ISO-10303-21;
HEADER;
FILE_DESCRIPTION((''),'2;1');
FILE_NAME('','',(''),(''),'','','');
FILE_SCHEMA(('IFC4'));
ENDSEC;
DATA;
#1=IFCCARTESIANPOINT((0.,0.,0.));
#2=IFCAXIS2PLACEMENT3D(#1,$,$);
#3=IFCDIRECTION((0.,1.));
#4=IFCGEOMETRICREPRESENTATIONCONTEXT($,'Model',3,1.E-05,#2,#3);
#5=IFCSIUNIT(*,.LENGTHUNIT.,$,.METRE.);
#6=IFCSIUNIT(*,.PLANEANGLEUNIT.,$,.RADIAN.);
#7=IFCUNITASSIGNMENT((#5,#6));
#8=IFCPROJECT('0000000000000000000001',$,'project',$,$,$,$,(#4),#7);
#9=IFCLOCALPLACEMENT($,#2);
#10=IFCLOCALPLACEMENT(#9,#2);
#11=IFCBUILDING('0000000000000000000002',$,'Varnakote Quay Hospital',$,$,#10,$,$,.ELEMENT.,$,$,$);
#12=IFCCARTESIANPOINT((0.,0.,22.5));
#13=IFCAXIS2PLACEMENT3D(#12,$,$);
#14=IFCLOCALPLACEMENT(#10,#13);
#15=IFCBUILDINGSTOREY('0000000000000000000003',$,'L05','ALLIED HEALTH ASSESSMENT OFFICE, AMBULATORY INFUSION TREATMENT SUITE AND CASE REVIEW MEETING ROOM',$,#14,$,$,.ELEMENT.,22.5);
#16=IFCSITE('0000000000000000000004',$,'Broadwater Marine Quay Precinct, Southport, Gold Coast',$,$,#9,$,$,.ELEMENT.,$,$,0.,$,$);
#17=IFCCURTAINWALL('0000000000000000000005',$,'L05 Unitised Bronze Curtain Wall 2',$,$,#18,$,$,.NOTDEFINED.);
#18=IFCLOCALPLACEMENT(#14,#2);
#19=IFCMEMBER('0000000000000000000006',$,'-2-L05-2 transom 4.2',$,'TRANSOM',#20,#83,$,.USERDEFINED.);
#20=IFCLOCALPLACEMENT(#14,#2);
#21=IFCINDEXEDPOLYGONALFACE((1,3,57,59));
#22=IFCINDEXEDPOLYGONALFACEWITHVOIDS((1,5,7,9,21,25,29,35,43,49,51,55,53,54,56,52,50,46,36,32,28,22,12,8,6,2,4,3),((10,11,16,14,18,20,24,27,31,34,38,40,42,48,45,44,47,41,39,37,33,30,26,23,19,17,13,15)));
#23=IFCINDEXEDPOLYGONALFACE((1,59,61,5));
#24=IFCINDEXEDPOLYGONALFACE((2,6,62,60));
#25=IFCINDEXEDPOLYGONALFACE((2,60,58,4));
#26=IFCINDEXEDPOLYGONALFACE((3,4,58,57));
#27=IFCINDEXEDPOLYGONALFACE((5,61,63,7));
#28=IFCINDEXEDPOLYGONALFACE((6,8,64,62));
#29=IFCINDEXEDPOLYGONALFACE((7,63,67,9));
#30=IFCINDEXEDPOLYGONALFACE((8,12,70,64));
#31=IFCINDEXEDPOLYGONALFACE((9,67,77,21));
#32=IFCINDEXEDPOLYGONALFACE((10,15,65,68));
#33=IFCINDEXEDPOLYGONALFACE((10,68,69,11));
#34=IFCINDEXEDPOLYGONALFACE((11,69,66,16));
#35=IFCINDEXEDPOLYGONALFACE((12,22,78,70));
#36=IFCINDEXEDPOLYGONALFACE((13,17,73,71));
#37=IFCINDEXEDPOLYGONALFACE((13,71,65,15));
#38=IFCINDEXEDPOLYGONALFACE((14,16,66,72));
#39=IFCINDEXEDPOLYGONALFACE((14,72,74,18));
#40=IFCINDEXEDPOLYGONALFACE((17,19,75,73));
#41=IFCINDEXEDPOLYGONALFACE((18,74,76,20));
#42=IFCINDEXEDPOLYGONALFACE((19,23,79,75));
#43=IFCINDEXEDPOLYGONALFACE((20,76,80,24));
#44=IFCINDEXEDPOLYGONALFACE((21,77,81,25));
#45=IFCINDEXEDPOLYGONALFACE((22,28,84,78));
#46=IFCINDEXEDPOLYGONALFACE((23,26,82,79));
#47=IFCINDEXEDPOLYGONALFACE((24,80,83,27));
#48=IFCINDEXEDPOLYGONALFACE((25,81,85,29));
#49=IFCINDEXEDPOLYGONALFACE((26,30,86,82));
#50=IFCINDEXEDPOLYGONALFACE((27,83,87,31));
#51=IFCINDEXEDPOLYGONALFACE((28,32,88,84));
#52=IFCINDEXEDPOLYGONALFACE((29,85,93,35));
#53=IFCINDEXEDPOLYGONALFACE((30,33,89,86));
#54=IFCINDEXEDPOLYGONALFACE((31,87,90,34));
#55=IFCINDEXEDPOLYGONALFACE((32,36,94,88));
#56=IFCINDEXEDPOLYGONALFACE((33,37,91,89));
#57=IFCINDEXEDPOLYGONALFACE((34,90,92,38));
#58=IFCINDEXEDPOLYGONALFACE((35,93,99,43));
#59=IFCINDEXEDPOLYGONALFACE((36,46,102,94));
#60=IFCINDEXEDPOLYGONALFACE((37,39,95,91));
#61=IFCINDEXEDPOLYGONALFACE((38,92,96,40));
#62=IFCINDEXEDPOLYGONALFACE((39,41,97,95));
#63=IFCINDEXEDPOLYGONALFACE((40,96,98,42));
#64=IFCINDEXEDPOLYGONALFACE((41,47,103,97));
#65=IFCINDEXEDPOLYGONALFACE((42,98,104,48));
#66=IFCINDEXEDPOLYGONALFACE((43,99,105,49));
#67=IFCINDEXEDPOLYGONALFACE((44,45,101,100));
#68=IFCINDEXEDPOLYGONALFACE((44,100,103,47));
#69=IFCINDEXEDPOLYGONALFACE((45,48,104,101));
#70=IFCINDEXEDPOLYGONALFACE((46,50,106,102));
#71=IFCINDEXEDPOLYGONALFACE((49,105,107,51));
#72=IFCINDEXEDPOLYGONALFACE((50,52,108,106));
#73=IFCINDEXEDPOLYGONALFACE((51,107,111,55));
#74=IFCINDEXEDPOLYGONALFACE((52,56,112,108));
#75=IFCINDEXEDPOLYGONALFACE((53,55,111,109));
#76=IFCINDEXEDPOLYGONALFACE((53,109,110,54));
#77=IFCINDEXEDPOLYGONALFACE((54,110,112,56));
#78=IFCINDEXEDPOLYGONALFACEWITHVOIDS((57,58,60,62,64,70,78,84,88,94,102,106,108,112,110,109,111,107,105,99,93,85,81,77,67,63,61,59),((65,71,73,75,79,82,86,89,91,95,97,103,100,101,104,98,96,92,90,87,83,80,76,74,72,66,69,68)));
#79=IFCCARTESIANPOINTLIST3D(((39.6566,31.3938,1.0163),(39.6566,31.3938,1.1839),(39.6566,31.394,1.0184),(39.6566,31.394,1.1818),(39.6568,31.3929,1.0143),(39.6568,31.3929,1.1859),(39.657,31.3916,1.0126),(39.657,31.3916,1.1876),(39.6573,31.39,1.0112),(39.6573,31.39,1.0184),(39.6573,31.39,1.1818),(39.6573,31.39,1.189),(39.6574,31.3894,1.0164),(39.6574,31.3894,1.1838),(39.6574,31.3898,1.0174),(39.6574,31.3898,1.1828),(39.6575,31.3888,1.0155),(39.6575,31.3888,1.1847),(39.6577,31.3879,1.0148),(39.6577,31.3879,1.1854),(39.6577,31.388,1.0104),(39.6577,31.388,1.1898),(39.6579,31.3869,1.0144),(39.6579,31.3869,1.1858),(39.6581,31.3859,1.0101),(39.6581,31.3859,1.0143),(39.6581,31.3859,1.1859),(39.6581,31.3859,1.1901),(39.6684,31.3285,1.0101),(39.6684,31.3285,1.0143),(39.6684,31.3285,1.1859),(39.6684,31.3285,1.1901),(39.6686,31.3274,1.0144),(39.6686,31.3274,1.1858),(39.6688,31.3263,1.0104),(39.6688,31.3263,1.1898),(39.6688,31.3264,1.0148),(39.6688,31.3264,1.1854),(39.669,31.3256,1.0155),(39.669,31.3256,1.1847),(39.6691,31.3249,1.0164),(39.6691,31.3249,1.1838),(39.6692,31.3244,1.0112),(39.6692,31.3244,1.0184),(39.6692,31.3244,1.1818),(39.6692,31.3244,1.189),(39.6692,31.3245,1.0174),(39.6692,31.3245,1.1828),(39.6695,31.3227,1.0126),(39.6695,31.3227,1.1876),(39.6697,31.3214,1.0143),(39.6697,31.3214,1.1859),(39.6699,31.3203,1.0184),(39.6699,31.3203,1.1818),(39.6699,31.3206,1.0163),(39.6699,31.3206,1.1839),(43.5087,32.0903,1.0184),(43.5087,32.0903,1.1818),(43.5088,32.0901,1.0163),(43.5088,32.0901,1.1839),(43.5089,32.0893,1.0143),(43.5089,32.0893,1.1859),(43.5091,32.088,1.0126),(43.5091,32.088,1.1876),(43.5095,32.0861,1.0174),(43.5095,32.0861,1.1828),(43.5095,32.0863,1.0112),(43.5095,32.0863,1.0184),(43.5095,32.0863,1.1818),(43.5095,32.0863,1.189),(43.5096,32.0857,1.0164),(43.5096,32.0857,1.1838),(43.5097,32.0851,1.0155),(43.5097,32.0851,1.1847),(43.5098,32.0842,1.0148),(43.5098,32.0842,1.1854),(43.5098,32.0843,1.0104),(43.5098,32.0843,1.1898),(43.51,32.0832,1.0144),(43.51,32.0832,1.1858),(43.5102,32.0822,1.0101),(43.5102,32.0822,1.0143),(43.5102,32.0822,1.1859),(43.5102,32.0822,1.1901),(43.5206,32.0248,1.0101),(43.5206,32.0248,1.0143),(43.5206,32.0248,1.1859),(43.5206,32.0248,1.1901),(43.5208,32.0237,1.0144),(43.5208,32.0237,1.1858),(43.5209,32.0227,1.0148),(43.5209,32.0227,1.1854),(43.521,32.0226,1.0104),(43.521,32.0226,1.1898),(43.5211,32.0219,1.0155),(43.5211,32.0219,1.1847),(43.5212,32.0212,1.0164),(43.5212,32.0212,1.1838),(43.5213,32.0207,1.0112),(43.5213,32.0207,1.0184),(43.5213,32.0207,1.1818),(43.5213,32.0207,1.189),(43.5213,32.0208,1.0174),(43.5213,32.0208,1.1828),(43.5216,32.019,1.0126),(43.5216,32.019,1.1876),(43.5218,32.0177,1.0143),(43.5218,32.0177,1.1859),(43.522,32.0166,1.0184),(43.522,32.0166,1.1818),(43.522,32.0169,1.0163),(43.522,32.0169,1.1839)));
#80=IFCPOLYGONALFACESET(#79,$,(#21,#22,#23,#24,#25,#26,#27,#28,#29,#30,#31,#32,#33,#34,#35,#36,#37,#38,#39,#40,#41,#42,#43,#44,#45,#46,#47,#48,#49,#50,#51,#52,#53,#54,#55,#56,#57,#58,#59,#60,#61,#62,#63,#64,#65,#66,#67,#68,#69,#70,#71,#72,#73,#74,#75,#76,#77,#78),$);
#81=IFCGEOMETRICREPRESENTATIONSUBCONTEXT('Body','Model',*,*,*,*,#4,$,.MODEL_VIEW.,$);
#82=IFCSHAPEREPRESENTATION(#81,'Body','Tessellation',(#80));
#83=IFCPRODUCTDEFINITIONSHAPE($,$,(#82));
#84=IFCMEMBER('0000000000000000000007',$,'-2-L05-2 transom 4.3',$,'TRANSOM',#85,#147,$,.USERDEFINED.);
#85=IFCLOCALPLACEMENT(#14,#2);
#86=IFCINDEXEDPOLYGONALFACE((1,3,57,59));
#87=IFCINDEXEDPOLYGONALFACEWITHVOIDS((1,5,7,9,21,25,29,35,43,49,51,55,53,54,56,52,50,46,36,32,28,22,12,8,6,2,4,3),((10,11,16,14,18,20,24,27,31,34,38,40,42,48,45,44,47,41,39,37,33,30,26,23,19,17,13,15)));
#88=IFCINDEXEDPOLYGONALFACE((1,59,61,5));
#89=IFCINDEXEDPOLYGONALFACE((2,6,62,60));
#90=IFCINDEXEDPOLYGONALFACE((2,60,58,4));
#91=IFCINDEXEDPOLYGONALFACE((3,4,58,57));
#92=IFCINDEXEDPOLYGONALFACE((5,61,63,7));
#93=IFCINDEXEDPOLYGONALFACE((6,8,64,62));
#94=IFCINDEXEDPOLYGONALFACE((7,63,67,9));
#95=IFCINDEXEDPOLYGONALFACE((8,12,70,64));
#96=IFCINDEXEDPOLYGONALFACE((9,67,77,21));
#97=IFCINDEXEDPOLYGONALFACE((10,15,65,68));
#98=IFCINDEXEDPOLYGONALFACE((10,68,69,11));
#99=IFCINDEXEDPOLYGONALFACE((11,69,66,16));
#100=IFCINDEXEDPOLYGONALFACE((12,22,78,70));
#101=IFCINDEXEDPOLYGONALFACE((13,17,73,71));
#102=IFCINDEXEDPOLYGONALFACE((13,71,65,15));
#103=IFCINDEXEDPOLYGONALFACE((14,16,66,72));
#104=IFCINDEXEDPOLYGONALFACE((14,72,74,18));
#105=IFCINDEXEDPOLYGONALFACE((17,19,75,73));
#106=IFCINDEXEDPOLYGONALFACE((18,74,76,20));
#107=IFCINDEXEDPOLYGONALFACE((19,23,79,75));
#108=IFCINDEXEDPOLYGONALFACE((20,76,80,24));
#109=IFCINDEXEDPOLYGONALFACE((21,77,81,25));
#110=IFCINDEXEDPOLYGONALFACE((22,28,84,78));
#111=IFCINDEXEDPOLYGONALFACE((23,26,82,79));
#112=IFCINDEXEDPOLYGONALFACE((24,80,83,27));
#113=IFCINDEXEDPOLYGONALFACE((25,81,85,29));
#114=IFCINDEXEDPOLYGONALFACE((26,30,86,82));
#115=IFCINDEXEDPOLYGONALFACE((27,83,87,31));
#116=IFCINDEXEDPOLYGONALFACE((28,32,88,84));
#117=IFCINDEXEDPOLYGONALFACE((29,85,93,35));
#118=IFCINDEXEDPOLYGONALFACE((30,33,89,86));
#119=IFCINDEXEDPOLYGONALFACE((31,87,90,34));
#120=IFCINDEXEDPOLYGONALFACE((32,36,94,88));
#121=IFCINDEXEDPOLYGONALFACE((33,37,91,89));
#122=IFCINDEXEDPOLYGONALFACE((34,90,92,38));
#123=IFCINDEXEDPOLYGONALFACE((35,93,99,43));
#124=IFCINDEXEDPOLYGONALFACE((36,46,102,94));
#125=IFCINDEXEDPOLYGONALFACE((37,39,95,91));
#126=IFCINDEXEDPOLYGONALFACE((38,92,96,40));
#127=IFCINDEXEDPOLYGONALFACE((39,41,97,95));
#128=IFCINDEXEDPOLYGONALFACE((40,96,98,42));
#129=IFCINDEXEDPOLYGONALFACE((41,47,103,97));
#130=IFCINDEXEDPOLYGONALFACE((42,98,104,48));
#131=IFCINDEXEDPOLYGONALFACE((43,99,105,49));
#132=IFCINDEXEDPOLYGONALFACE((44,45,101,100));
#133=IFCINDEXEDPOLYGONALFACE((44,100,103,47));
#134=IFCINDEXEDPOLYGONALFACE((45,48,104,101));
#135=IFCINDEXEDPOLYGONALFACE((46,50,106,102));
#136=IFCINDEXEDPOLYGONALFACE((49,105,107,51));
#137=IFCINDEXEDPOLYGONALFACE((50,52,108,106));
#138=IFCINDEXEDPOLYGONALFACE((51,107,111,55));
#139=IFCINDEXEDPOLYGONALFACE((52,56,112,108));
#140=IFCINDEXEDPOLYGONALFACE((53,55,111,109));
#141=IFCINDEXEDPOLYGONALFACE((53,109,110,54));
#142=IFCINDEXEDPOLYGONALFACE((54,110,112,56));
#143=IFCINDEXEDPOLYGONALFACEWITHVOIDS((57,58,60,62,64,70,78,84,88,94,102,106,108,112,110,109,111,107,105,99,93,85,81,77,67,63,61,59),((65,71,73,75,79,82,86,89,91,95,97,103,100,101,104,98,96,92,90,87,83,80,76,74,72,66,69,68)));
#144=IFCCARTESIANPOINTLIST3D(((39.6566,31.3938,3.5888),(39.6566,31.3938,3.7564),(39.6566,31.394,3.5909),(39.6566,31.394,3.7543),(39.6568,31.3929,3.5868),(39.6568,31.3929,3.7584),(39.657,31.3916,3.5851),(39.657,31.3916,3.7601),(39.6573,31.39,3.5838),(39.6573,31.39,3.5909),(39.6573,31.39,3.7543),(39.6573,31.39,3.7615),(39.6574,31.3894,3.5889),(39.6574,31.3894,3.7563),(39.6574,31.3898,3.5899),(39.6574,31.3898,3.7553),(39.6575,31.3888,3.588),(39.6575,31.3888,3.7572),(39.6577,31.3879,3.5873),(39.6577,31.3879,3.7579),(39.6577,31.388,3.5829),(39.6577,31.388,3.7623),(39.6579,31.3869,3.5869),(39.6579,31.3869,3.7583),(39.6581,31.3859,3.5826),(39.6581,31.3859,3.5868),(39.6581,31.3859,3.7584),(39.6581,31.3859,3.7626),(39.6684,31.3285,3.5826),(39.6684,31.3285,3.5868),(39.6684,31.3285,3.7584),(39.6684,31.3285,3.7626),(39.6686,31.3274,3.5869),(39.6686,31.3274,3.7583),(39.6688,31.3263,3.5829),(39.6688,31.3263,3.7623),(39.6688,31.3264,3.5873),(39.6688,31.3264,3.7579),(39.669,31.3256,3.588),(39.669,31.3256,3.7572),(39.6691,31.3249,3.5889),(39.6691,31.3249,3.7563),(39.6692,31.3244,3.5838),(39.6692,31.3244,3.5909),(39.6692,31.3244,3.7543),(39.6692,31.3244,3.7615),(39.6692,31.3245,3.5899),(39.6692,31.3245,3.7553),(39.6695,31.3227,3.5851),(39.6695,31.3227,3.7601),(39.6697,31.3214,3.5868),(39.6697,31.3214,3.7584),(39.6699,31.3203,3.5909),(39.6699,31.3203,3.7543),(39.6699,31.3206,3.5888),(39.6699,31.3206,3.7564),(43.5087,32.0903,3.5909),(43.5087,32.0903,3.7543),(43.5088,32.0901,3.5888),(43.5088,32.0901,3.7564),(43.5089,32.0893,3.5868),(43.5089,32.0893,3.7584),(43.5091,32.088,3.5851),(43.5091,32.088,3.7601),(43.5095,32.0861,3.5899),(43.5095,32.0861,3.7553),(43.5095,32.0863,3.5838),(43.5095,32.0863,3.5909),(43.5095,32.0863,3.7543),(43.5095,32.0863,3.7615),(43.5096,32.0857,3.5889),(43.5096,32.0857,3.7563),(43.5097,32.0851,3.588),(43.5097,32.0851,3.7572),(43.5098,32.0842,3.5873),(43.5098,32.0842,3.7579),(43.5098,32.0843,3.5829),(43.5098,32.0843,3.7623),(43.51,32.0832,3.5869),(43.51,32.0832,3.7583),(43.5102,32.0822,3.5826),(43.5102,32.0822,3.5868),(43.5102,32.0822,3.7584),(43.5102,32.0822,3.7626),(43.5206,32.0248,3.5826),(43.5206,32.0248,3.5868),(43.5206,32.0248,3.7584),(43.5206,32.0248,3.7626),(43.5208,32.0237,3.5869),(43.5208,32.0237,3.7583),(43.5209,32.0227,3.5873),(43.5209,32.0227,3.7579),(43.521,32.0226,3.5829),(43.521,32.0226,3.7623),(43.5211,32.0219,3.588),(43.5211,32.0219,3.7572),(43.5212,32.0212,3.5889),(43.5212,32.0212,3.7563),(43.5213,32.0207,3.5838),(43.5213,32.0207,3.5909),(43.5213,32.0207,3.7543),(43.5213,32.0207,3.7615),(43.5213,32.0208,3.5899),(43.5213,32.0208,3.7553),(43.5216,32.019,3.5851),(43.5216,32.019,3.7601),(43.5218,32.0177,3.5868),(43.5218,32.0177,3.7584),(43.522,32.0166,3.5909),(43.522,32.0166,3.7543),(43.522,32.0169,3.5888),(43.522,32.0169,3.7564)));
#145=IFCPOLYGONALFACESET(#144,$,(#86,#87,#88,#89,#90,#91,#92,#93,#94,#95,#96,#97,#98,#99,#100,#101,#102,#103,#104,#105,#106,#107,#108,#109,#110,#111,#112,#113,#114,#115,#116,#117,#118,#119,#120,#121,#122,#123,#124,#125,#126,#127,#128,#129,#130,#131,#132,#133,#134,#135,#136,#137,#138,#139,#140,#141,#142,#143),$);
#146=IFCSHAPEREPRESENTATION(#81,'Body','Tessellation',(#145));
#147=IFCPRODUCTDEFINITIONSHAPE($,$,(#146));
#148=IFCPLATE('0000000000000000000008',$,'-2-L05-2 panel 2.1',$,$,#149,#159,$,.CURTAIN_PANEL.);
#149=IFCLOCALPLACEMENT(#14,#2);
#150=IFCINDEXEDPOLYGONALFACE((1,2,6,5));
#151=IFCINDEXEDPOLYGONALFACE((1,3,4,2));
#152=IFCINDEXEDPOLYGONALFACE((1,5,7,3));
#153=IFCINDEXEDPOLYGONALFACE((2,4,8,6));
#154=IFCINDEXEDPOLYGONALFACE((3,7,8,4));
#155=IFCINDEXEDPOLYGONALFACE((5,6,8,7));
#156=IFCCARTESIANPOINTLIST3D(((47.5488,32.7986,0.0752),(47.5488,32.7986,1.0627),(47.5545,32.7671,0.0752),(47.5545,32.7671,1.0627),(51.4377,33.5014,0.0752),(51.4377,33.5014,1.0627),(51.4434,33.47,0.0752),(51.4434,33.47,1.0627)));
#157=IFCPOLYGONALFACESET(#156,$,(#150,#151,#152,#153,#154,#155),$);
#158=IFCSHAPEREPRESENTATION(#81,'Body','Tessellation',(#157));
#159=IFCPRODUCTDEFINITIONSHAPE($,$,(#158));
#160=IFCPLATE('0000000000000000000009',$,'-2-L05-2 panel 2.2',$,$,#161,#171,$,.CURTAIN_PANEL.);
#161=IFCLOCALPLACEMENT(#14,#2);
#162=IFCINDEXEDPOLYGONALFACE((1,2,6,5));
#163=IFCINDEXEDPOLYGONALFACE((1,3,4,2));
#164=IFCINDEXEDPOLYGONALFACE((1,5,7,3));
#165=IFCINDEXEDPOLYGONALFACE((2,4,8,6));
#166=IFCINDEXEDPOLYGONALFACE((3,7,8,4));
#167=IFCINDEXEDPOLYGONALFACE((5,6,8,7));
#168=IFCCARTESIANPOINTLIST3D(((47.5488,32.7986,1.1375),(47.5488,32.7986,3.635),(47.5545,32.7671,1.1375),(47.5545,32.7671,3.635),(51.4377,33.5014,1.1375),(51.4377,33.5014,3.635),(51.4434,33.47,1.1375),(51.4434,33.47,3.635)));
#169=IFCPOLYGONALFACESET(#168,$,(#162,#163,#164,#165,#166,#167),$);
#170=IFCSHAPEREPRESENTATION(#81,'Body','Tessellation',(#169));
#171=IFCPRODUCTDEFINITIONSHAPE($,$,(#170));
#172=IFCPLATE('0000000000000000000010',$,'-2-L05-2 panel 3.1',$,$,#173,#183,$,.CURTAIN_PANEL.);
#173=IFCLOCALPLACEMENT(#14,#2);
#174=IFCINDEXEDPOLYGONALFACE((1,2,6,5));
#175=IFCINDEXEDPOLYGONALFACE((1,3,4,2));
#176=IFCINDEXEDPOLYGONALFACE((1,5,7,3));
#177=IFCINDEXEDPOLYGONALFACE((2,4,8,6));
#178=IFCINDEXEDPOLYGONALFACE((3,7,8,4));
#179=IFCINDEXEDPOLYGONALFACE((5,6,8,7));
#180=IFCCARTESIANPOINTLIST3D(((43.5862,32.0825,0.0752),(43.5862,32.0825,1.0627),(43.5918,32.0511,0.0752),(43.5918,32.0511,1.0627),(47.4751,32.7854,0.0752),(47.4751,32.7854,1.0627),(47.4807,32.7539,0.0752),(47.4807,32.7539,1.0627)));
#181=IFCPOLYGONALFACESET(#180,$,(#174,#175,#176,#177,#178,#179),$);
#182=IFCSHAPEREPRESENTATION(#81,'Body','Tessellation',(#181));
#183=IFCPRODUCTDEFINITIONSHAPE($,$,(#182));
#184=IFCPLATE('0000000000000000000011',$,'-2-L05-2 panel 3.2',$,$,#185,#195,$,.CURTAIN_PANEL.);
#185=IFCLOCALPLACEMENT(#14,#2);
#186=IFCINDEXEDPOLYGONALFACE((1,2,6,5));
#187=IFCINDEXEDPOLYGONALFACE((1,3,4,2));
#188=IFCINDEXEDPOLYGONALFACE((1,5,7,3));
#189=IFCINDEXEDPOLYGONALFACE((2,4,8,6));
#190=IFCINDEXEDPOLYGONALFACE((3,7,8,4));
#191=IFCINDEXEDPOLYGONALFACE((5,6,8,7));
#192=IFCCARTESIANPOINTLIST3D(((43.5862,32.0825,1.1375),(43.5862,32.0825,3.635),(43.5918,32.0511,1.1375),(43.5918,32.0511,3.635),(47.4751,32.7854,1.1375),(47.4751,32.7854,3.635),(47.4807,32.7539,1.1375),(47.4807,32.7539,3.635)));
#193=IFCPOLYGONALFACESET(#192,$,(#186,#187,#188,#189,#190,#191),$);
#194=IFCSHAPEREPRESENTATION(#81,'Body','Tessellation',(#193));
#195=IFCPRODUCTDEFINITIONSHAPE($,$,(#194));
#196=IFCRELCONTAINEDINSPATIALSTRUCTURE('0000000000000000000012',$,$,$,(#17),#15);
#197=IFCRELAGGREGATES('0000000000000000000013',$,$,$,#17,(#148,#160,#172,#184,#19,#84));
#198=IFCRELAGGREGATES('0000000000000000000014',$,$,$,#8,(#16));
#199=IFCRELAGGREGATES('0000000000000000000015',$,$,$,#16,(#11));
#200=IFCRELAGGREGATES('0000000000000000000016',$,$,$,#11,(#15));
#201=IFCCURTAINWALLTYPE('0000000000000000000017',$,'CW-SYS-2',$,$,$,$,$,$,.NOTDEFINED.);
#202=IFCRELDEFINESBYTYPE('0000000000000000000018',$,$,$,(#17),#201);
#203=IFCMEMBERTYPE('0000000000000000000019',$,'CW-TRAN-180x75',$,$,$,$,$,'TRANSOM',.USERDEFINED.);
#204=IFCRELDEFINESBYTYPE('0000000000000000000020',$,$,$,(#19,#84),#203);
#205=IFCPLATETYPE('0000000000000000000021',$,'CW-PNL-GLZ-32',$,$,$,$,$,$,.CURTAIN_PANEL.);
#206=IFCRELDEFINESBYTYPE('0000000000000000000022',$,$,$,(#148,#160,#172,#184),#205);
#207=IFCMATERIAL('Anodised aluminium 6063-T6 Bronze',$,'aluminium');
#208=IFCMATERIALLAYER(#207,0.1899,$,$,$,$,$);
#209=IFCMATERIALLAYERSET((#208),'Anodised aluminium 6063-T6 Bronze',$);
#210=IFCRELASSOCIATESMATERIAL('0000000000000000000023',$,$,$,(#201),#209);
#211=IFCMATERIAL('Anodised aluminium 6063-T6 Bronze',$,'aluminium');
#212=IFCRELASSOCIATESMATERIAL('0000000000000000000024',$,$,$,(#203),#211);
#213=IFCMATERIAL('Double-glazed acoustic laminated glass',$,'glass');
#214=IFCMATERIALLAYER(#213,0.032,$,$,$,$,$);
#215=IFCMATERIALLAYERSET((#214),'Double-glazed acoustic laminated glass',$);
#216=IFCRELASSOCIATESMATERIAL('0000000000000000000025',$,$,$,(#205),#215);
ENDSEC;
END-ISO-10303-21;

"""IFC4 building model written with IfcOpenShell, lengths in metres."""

from ifc_helpers import new_model, si_unit, direction, frame, origin, origin_2d, place, context, subcontext, project, spatial, rectangle, hollow_rectangle, extrude, material, layer, layer_set, material_profile, profile_set, type_object, element, aggregate, save


model = new_model("IFC4")

# Units and contexts
model_context = context("Model", 3, precision=1e-05, world=origin(), true_north=direction((0.0, 1.0)))
body_context = subcontext(model_context, "Body", "Model", "MODEL_VIEW")
ifc_project = project(units=[si_unit("LENGTHUNIT", "METRE"), si_unit("PLANEANGLEUNIT", "RADIAN")], contexts=[model_context])

# Site, building, storey
site_placement = place(None, origin())
site = spatial("IfcSite", under=ifc_project, at=site_placement, Name="Broadwater Marine Quay Precinct, Southport, Gold Coast", CompositionType="ELEMENT", RefElevation=0.0)
building_placement = place(site_placement, origin())
building = spatial("IfcBuilding", under=site, at=building_placement, Name="Varnakote Quay Hospital", CompositionType="ELEMENT")
storey_placement = place(building_placement, frame((0.0, 0.0, 22.5)))
storey = spatial("IfcBuildingStorey", under=building, at=storey_placement, Name="L05", Description="ALLIED HEALTH ASSESSMENT OFFICE, AMBULATORY INFUSION TREATMENT SUITE AND CASE REVIEW MEETING ROOM", CompositionType="ELEMENT", Elevation=22.5)

# Curtain wall, members, plates
ifc_material_1 = material(Name="Anodised aluminium 6063-T6 Bronze", Category="aluminium")
ifc_layer_1 = layer(ifc_material_1, 0.1899)
ifc_layer_set_1 = layer_set([ifc_layer_1], Name="Anodised aluminium 6063-T6 Bronze")
curtain_wall_type = type_object("IfcCurtainWallType", Name="CW-SYS-2", PredefinedType="NOTDEFINED", material=ifc_layer_set_1)
curtain_wall_placement = place(storey_placement, origin())
curtain_wall = element("IfcCurtainWall", 1, at=curtain_wall_placement, inside=storey, type_object=curtain_wall_type, Name="L05 Unitised Bronze Curtain Wall 2", PredefinedType="NOTDEFINED")
ifc_material_2 = material(Name="Anodised aluminium 6063-T6 Bronze", Category="aluminium")
ifc_material_profile_1 = material_profile(ifc_material_2, hollow_rectangle(XDim=0.075, YDim=0.1799, WallThickness=0.0042, InnerFilletRadius=0.0042, OuterFilletRadius=0.0083, at=origin_2d()), Name="CW-TRAN-180x75")
ifc_profile_set_1 = profile_set([ifc_material_profile_1], Name="Anodised aluminium 6063-T6 Bronze")
member_type_1 = type_object("IfcMemberType", Name="CW-TRAN-180x75", ElementType="TRANSOM", PredefinedType="USERDEFINED", material=ifc_profile_set_1)
member_1_placement = place(storey_placement, frame((43.5154, 32.0535, 1.1001), z_axis=(-0.984053, -0.177875, 0.0), x_axis=(0.177875, -0.984053, 0.0)))
member_1 = element("IfcMember", 2, at=member_1_placement, type_object=member_type_1, Name="-2-L05-2 transom 4.2", ObjectType="TRANSOM", PredefinedType="USERDEFINED", context=body_context, shape_type="SweptSolid", body=[
    extrude(hollow_rectangle(XDim=0.075, YDim=0.1799, WallThickness=0.0042, InnerFilletRadius=0.0042, OuterFilletRadius=0.0083, at=origin_2d()), origin(), (0.0, 0.0, 1.0), 3.9146),
])
member_2_placement = place(storey_placement, frame((43.5154, 32.0535, 3.6726), z_axis=(-0.984053, -0.177875, 0.0), x_axis=(0.177875, -0.984053, 0.0)))
member_2 = element("IfcMember", 3, at=member_2_placement, type_object=member_type_1, Name="-2-L05-2 transom 4.3", ObjectType="TRANSOM", PredefinedType="USERDEFINED", context=body_context, shape_type="SweptSolid", body=[
    extrude(hollow_rectangle(XDim=0.075, YDim=0.1799, WallThickness=0.0042, InnerFilletRadius=0.0042, OuterFilletRadius=0.0083, at=origin_2d()), origin(), (0.0, 0.0, 1.0), 3.9146),
])
ifc_material_3 = material(Name="Double-glazed acoustic laminated glass", Category="glass")
ifc_layer_2 = layer(ifc_material_3, 0.032)
ifc_layer_set_2 = layer_set([ifc_layer_2], Name="Double-glazed acoustic laminated glass")
plate_type = type_object("IfcPlateType", Name="CW-PNL-GLZ-32", PredefinedType="CURTAIN_PANEL", material=ifc_layer_set_2)
plate_1_placement = place(storey_placement, frame((49.4961, 33.1343, 0.0752), z_axis=(0.0, 0.0, 1.0), x_axis=(-0.984058, -0.177846, 0.0)))
plate_1 = element("IfcPlate", 4, at=plate_1_placement, type_object=plate_type, Name="-2-L05-2 panel 2.1", PredefinedType="CURTAIN_PANEL", context=body_context, shape_type="SweptSolid", body=[
    extrude(rectangle(XDim=3.9519, YDim=0.032, at=origin_2d()), origin(), (0.0, 0.0, 1.0), 0.9875),
])
plate_2_placement = place(storey_placement, frame((49.4961, 33.1343, 1.1375), z_axis=(0.0, 0.0, 1.0), x_axis=(-0.984058, -0.177846, 0.0)))
plate_2 = element("IfcPlate", 5, at=plate_2_placement, type_object=plate_type, Name="-2-L05-2 panel 2.2", PredefinedType="CURTAIN_PANEL", context=body_context, shape_type="SweptSolid", body=[
    extrude(rectangle(XDim=3.9519, YDim=0.032, at=origin_2d()), origin(), (0.0, 0.0, 1.0), 2.4976),
])
plate_3_placement = place(storey_placement, frame((45.5334, 32.4182, 0.0752), z_axis=(0.0, 0.0, 1.0), x_axis=(-0.984058, -0.177846, 0.0)))
plate_3 = element("IfcPlate", 6, at=plate_3_placement, type_object=plate_type, Name="-2-L05-2 panel 3.1", PredefinedType="CURTAIN_PANEL", context=body_context, shape_type="SweptSolid", body=[
    extrude(rectangle(XDim=3.9519, YDim=0.032, at=origin_2d()), origin(), (0.0, 0.0, 1.0), 0.9875),
])
plate_4_placement = place(storey_placement, frame((45.5334, 32.4182, 1.1375), z_axis=(0.0, 0.0, 1.0), x_axis=(-0.984058, -0.177846, 0.0)))
plate_4 = element("IfcPlate", 7, at=plate_4_placement, type_object=plate_type, Name="-2-L05-2 panel 3.2", PredefinedType="CURTAIN_PANEL", context=body_context, shape_type="SweptSolid", body=[
    extrude(rectangle(XDim=3.9519, YDim=0.032, at=origin_2d()), origin(), (0.0, 0.0, 1.0), 2.4976),
])
aggregate(curtain_wall, [plate_1, plate_2, plate_3, plate_4, member_1, member_2])

save(model, "model.ifc")
